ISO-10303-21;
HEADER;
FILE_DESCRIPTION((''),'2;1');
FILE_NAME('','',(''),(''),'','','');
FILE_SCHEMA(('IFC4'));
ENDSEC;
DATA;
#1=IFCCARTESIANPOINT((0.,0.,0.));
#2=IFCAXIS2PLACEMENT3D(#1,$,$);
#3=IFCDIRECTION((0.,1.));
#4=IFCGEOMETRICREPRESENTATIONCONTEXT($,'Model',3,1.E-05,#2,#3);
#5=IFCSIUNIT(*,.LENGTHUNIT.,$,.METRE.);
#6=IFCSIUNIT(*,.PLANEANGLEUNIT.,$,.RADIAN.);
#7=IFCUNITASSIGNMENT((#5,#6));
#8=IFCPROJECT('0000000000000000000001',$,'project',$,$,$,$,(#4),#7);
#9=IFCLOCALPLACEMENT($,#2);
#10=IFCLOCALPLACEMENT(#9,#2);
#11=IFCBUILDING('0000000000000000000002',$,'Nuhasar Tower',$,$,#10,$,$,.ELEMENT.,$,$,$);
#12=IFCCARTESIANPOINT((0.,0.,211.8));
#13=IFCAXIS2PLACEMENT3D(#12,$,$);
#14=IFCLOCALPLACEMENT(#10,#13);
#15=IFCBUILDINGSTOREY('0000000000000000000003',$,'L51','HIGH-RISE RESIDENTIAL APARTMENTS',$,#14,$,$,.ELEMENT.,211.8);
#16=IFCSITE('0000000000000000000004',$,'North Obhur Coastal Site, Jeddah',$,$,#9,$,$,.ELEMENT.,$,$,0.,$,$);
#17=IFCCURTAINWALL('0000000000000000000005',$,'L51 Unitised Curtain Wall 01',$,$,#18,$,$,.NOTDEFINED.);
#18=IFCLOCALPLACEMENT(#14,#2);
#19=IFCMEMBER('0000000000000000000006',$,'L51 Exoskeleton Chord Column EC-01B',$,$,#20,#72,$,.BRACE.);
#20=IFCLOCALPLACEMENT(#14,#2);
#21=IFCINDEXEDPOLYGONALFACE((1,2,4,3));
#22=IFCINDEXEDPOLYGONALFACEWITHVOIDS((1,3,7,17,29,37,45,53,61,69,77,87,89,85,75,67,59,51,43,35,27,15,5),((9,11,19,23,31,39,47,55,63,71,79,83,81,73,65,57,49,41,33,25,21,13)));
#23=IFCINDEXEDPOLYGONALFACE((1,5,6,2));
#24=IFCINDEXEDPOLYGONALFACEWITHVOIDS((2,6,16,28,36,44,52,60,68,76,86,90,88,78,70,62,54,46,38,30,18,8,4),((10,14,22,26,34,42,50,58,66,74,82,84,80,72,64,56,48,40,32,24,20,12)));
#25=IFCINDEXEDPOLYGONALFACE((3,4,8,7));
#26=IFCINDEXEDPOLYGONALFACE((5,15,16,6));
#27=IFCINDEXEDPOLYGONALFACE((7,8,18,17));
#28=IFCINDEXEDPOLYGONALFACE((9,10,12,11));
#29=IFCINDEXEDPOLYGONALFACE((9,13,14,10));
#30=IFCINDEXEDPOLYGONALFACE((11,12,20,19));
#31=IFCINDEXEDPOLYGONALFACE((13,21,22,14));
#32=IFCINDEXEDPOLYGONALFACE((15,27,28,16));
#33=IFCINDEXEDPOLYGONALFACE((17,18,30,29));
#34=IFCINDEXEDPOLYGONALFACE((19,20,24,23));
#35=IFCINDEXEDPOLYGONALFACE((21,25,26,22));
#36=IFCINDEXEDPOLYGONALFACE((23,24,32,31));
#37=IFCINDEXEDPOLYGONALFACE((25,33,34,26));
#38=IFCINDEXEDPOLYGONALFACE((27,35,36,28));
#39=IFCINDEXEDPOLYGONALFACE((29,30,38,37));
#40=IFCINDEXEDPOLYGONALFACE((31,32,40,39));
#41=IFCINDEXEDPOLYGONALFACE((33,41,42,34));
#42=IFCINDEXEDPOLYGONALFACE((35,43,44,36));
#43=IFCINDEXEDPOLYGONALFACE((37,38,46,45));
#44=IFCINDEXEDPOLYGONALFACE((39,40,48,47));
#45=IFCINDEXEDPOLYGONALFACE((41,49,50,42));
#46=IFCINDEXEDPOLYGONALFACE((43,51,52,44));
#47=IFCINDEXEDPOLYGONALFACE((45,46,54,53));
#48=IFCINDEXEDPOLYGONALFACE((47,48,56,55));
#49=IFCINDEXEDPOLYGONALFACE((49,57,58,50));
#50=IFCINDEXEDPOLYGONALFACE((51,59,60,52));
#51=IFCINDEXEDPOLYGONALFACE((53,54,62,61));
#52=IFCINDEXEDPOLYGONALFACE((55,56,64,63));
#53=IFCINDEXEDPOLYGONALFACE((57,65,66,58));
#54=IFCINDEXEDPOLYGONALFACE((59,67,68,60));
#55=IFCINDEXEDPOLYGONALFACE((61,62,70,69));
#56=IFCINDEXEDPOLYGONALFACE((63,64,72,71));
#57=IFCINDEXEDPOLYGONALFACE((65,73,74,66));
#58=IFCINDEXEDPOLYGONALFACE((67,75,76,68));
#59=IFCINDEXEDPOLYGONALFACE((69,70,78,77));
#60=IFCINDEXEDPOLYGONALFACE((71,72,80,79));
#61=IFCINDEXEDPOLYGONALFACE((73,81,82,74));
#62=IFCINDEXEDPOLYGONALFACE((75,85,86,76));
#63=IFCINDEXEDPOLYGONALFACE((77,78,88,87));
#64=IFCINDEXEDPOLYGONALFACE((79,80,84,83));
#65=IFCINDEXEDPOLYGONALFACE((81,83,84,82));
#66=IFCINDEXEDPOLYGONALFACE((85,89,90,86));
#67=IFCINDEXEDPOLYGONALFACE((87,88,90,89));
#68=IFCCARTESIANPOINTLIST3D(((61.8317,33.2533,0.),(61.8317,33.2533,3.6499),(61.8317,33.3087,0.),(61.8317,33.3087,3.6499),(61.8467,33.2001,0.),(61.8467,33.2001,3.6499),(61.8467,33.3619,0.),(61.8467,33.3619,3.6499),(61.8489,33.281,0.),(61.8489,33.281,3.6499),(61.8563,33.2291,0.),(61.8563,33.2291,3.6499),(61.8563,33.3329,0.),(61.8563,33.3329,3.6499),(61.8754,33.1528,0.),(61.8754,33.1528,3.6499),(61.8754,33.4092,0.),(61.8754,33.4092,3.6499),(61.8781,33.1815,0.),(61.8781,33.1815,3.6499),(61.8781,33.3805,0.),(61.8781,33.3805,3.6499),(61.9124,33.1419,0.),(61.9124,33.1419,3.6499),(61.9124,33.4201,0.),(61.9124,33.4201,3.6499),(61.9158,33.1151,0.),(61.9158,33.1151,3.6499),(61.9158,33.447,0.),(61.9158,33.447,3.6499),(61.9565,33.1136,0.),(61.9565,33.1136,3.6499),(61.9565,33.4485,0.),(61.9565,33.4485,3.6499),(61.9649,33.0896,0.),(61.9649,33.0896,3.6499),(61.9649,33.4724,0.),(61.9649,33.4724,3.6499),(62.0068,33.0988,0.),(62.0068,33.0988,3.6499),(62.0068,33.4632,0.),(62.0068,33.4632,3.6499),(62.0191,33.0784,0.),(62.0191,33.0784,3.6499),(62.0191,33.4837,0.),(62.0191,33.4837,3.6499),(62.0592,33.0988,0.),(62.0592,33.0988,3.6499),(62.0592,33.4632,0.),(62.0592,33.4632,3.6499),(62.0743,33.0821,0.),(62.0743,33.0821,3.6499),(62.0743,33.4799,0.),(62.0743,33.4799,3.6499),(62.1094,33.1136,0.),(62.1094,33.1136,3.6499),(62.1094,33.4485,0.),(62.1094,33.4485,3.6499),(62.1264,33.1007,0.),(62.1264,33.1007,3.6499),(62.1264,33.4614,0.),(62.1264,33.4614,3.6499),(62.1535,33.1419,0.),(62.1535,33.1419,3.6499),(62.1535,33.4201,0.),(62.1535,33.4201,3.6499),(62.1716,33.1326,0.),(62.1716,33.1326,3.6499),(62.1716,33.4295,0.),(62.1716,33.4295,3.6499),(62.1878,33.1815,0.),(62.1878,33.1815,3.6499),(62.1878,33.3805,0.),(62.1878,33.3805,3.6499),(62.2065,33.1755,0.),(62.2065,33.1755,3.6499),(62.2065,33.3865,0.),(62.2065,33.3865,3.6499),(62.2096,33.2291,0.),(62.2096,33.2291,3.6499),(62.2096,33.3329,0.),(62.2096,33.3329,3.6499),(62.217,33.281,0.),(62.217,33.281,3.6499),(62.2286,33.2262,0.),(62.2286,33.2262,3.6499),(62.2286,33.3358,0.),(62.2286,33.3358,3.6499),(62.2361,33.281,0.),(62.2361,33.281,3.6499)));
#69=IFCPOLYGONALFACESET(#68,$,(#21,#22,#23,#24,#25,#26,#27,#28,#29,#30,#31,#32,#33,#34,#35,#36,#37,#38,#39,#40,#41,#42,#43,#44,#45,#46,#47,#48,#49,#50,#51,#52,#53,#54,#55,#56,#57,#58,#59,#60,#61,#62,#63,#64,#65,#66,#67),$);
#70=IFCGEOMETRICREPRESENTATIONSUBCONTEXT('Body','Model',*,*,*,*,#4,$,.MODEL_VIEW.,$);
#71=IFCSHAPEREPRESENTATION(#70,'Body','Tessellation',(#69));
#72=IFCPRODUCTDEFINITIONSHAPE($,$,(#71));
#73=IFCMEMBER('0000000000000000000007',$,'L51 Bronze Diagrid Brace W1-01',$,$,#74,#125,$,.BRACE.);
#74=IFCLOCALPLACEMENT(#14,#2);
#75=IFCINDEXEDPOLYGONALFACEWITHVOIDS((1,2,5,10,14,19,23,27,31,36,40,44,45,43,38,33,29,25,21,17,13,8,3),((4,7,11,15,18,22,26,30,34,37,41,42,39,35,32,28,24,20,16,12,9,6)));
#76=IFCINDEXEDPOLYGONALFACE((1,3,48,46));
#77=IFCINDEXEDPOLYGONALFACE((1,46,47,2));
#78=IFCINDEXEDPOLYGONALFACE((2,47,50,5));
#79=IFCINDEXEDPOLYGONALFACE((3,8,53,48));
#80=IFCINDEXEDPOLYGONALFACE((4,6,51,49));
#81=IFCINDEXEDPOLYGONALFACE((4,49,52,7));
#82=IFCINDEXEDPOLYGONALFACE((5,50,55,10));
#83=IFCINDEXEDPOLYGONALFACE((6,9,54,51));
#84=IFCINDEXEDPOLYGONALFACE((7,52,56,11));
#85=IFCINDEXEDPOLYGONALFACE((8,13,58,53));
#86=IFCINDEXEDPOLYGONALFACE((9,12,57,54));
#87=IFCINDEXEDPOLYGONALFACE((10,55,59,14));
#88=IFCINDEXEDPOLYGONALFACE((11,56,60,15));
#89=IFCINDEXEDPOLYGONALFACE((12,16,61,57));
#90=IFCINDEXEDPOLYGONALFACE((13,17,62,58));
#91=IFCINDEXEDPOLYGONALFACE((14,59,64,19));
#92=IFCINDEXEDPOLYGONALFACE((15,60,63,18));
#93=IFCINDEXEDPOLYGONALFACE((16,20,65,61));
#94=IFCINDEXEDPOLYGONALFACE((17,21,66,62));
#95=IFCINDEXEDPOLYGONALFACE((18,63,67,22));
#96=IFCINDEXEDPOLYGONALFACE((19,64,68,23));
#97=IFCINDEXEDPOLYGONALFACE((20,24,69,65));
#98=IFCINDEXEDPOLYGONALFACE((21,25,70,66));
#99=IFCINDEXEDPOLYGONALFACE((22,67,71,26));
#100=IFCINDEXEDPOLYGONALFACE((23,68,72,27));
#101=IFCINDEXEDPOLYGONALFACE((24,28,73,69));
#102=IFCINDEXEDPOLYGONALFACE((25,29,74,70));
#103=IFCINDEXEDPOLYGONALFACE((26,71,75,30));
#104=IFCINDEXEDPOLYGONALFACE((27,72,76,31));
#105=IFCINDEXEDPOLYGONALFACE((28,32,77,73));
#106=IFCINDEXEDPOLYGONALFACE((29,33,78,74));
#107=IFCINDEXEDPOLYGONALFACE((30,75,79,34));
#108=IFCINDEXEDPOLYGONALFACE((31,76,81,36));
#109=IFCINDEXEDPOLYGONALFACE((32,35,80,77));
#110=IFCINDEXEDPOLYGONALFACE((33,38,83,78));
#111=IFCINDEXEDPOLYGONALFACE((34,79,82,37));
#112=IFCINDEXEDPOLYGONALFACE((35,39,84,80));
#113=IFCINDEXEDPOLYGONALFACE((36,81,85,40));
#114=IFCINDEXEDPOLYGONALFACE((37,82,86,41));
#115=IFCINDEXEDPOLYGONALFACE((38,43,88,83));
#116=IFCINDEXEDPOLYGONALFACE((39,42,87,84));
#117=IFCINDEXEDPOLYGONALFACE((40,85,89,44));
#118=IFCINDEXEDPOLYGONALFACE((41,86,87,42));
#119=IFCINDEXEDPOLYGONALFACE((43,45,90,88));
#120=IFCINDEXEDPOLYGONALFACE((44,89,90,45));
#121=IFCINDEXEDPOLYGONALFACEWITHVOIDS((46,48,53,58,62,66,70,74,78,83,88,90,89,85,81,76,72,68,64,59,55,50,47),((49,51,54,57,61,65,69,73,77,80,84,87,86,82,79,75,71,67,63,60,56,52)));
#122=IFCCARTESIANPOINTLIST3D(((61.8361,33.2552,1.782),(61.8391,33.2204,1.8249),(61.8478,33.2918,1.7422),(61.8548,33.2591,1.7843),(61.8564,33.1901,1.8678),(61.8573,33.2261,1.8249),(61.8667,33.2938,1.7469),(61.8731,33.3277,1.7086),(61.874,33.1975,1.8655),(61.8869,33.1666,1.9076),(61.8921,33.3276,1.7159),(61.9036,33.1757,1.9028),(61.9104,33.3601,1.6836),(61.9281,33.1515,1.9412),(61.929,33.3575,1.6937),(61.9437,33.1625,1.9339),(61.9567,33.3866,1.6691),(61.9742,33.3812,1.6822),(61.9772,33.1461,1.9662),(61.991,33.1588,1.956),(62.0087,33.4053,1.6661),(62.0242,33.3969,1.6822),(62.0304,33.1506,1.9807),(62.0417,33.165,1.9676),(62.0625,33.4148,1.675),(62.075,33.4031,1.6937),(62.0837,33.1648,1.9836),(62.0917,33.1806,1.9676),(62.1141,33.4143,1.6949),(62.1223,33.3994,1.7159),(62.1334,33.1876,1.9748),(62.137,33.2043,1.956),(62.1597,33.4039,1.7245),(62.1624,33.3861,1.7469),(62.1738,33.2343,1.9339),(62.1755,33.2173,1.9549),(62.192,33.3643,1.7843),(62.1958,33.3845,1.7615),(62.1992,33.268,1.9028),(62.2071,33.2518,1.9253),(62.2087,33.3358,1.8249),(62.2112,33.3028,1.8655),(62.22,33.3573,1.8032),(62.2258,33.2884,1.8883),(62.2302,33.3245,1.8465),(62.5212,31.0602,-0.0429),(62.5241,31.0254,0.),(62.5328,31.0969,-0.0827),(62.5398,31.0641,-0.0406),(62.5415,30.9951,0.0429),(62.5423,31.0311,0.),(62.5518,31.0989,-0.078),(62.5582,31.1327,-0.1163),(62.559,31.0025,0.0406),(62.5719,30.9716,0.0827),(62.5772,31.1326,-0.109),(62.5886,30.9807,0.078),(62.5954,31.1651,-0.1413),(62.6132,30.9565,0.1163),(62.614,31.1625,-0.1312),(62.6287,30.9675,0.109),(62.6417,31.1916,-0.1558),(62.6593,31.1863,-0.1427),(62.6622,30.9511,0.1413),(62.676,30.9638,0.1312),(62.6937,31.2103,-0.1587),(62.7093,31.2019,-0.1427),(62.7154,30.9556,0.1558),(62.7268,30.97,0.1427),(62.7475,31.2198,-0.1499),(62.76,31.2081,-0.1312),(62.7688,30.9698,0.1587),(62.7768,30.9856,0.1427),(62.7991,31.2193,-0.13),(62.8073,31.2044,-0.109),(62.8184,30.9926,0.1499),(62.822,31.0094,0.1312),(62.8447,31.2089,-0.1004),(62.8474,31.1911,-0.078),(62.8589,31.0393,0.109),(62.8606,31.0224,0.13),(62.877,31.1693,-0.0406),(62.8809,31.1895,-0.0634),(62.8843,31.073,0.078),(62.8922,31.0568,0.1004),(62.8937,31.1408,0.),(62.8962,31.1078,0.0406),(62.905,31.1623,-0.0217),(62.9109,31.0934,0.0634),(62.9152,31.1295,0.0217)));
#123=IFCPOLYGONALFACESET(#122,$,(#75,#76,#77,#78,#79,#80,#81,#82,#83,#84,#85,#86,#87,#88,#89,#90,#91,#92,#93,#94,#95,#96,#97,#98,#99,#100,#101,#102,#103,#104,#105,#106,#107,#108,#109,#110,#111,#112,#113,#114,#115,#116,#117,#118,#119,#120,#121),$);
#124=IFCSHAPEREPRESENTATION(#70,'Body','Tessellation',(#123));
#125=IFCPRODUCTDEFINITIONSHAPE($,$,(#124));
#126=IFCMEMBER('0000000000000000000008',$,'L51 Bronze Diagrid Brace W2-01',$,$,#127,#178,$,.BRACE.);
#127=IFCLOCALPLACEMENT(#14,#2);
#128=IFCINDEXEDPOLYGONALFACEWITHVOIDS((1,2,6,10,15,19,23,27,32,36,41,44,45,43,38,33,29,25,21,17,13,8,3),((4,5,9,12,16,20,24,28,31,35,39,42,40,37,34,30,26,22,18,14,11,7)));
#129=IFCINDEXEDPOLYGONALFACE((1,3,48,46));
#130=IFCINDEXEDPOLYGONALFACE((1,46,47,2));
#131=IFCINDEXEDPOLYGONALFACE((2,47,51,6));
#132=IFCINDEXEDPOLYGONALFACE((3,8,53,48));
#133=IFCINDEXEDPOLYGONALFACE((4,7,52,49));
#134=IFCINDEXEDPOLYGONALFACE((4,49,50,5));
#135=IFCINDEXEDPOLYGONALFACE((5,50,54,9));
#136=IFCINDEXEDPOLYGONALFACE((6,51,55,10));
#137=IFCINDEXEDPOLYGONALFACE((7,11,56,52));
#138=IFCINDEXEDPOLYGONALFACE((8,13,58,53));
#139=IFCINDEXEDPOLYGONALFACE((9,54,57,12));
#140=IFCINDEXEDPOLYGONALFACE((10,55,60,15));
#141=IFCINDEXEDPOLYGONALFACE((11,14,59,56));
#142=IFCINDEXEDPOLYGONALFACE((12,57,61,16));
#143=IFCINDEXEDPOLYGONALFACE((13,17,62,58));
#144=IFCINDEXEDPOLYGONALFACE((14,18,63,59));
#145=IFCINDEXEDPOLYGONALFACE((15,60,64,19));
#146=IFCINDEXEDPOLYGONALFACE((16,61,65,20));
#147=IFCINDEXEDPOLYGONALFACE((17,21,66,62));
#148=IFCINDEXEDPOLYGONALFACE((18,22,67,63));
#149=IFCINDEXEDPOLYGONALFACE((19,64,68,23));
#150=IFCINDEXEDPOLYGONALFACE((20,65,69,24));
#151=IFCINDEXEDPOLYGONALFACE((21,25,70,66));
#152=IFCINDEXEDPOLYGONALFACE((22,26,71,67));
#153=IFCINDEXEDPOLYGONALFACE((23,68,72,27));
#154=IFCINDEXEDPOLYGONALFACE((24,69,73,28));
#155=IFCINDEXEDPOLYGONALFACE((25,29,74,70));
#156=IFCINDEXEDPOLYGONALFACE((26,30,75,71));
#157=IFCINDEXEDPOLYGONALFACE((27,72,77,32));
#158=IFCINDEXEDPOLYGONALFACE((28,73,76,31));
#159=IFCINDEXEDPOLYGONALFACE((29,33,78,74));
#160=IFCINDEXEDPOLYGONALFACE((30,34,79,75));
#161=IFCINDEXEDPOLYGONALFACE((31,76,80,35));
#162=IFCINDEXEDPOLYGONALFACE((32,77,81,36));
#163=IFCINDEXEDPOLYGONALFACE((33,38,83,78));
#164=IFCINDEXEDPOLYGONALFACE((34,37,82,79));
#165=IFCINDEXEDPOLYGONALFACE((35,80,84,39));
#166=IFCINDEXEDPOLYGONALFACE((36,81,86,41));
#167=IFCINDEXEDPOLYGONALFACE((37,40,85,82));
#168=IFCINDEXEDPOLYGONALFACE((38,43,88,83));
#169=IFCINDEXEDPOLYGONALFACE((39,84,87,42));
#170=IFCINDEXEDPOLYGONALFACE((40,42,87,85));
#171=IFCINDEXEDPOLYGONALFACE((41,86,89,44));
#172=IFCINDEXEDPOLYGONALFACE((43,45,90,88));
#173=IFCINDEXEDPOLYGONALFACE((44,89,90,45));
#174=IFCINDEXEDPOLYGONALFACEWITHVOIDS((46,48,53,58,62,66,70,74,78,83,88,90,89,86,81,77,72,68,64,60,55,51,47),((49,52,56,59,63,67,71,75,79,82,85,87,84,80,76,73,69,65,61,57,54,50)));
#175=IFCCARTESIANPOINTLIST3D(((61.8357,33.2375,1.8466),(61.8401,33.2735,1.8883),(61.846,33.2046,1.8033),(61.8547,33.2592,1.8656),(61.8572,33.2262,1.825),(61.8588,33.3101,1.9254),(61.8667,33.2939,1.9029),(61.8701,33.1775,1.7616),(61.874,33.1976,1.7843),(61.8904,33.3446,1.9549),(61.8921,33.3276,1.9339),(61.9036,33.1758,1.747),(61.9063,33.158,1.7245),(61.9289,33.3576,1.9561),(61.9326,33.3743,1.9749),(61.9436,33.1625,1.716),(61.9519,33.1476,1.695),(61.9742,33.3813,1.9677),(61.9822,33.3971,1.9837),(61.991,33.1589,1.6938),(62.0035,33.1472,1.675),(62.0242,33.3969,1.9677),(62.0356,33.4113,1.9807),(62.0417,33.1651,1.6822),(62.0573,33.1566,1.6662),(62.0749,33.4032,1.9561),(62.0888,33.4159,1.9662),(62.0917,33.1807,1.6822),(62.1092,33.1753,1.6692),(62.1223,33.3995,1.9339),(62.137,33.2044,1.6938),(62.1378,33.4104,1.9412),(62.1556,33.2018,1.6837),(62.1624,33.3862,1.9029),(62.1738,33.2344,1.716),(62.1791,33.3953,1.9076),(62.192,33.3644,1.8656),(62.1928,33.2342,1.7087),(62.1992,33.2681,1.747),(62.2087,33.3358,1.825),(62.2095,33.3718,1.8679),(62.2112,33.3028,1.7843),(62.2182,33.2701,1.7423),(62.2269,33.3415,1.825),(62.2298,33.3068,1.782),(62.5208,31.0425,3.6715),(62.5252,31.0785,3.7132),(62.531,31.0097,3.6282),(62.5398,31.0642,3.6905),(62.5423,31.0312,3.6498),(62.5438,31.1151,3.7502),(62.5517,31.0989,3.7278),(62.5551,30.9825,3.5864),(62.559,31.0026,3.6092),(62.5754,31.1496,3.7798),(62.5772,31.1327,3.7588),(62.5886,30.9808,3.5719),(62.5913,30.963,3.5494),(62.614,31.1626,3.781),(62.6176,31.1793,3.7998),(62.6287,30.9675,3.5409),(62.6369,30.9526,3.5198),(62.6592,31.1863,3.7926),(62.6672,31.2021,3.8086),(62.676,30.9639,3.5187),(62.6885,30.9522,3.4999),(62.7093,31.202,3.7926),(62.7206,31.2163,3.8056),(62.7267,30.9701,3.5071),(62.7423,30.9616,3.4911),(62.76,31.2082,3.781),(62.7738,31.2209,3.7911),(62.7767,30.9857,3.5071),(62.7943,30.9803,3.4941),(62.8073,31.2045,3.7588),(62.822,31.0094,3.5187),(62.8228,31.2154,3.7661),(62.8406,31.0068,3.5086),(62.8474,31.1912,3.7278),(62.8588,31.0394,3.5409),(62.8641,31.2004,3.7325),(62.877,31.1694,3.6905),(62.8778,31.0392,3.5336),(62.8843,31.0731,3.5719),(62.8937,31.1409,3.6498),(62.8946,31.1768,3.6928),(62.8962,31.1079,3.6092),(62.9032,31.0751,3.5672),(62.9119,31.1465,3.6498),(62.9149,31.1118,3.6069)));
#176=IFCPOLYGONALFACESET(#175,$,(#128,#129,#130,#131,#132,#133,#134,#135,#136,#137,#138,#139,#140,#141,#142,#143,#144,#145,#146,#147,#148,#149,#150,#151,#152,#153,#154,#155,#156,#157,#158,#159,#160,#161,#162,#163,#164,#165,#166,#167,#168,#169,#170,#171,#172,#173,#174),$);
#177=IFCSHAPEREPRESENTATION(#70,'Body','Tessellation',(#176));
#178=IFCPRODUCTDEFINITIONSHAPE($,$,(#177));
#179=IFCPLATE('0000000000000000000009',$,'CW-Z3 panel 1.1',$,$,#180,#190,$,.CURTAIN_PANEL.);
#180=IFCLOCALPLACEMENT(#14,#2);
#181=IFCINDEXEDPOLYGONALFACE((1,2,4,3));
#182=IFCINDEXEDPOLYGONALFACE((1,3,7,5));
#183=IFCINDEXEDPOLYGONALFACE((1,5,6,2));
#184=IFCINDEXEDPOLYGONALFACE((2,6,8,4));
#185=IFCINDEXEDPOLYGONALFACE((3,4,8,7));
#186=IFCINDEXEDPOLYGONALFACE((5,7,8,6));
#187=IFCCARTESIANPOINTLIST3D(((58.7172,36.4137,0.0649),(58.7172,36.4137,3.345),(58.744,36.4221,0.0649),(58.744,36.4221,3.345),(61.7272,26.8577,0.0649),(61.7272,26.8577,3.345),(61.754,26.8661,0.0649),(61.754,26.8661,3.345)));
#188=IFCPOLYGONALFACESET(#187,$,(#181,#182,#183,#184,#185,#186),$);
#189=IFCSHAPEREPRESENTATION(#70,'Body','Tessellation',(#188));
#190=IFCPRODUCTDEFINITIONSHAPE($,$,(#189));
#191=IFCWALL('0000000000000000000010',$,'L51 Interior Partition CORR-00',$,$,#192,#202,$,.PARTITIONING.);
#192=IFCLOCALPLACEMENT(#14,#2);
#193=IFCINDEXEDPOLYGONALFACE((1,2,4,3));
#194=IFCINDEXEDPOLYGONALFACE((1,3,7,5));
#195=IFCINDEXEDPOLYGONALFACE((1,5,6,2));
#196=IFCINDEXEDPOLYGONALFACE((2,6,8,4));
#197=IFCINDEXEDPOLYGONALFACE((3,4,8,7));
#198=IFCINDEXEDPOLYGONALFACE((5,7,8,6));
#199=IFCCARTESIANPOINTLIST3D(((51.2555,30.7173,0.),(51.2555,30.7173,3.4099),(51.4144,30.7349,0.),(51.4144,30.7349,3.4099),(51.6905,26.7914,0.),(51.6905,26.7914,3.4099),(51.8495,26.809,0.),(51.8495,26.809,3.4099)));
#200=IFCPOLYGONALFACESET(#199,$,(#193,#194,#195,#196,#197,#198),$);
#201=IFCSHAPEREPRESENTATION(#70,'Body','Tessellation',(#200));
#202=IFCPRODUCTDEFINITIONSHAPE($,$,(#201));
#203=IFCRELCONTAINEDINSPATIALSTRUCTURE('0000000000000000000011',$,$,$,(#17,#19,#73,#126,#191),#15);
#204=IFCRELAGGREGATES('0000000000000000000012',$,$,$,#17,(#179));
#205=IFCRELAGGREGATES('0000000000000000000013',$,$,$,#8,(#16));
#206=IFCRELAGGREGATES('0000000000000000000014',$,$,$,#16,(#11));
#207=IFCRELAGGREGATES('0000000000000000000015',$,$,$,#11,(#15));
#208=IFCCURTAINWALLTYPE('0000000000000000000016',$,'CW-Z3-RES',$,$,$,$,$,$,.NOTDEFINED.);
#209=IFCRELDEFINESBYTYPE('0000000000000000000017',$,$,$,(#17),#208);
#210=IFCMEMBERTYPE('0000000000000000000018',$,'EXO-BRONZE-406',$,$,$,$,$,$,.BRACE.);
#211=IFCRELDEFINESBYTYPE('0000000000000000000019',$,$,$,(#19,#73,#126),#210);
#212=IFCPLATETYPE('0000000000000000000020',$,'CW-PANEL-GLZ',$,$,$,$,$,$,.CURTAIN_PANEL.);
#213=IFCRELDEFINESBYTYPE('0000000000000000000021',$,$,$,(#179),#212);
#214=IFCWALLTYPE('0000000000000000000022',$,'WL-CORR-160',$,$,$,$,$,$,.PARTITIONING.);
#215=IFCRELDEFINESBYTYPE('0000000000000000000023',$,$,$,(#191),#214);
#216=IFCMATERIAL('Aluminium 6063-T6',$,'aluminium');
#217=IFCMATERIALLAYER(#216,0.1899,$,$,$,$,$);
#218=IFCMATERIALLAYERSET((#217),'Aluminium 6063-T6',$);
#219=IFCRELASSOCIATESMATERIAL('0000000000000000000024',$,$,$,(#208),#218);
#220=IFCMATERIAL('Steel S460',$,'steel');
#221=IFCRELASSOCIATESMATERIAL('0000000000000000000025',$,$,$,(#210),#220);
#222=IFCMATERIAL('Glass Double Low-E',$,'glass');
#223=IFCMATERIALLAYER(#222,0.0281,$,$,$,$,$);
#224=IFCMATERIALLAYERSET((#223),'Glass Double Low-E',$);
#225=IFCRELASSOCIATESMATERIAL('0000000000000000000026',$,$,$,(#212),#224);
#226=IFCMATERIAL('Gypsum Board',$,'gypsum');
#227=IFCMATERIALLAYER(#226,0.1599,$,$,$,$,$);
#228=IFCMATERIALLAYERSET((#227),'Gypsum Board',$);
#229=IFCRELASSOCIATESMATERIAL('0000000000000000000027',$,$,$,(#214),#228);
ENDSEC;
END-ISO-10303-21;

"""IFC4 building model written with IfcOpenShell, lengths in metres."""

from ifc_helpers import new_model, si_unit, direction, frame, frame_2d, origin, origin_2d, place, context, subcontext, project, spatial, rectangle, hollow_circle, extrude, material, layer, layer_set, material_profile, profile_set, type_object, element, aggregate, save


model = new_model("IFC4")

# Units and contexts
model_context = context("Model", 3, precision=1e-05, world=origin(), true_north=direction((0.0, 1.0)))
body_context = subcontext(model_context, "Body", "Model", "MODEL_VIEW")
ifc_project = project(units=[si_unit("LENGTHUNIT", "METRE"), si_unit("PLANEANGLEUNIT", "RADIAN")], contexts=[model_context])

# Site, building, storey
site_placement = place(None, origin())
site = spatial("IfcSite", under=ifc_project, at=site_placement, Name="North Obhur Coastal Site, Jeddah", CompositionType="ELEMENT", RefElevation=0.0)
building_placement = place(site_placement, origin())
building = spatial("IfcBuilding", under=site, at=building_placement, Name="Nuhasar Tower", CompositionType="ELEMENT")
storey_placement = place(building_placement, frame((0.0, 0.0, 211.8)))
storey = spatial("IfcBuildingStorey", under=building, at=storey_placement, Name="L51", Description="HIGH-RISE RESIDENTIAL APARTMENTS", CompositionType="ELEMENT", Elevation=211.8)

# Curtain wall
ifc_material_1 = material(Name="Aluminium 6063-T6", Category="aluminium")
ifc_layer_1 = layer(ifc_material_1, 0.1899)
ifc_layer_set_1 = layer_set([ifc_layer_1], Name="Aluminium 6063-T6")
curtain_wall_type = type_object("IfcCurtainWallType", Name="CW-Z3-RES", PredefinedType="NOTDEFINED", material=ifc_layer_set_1)
curtain_wall_1_placement = place(storey_placement, origin())
curtain_wall_1 = element("IfcCurtainWall", 1, at=curtain_wall_1_placement, inside=storey, type_object=curtain_wall_type, Name="L51 Unitised Curtain Wall 01", PredefinedType="NOTDEFINED")

# Members
ifc_material_2 = material(Name="Steel S460", Category="steel")
ifc_material_profile_1 = material_profile(ifc_material_2, hollow_circle(Radius=0.2031, WallThickness=0.019, at=origin_2d()), Name="HSS406.4X19.1")
ifc_profile_set_1 = profile_set([ifc_material_profile_1], Name="Steel S460")
member_type_1 = type_object("IfcMemberType", Name="EXO-BRONZE-406", PredefinedType="BRACE", material=ifc_profile_set_1)
for number, where, z_axis, x_axis, name in (
    (2, (62.033, 33.281, 0.0), (0.0, 0.0, 1.0), (1.0, 0.0, 0.0), "L51 Exoskeleton Chord Column EC-01B"),
):
    element("IfcMember", number, at=place(storey_placement, frame(where, z_axis=z_axis, x_axis=x_axis)), inside=storey, type_object=member_type_1, Name=name, PredefinedType="BRACE", context=body_context, shape_type="SweptSolid", body=[
        extrude(hollow_circle(Radius=0.2031, WallThickness=0.019, at=origin_2d()), origin(), (0.0, 0.0, 1.0), 3.6499),
    ])
for number, where, z_axis, x_axis, name in (
    (3, (62.718, 31.0859, 0.0), (-0.233358, 0.747727, 0.62165), (-0.954591, -0.297918, 0.0), "L51 Bronze Diagrid Brace W1-01"),
    (4, (62.033, 33.281, 1.825), (0.233358, -0.747727, 0.62165), (0.954591, 0.297918, 0.0), "L51 Bronze Diagrid Brace W2-01"),
):
    element("IfcMember", number, at=place(storey_placement, frame(where, z_axis=z_axis, x_axis=x_axis)), inside=storey, type_object=member_type_1, Name=name, PredefinedType="BRACE", context=body_context, shape_type="SweptSolid", body=[
        extrude(hollow_circle(Radius=0.2031, WallThickness=0.019, at=origin_2d()), origin(), (0.0, 0.0, 1.0), 2.9355),
    ])

# Plate
ifc_material_3 = material(Name="Glass Double Low-E", Category="glass")
ifc_layer_2 = layer(ifc_material_3, 0.0281)
ifc_layer_set_2 = layer_set([ifc_layer_2], Name="Glass Double Low-E")
plate_type = type_object("IfcPlateType", Name="CW-PANEL-GLZ", PredefinedType="CURTAIN_PANEL", material=ifc_layer_set_2)
plate_placement = place(storey_placement, frame((60.2356, 31.6399, 0.0649), z_axis=(0.0, 0.0, 1.0), x_axis=(-0.300429, 0.953804, 0.0)))
plate = element("IfcPlate", 5, at=plate_placement, type_object=plate_type, Name="CW-Z3 panel 1.1", PredefinedType="CURTAIN_PANEL", context=body_context, shape_type="SweptSolid", body=[
    extrude(rectangle(XDim=10.0188, YDim=0.0281, at=origin_2d()), origin(), (0.0, 0.0, 1.0), 3.28),
])
aggregate(curtain_wall_1, [plate])

# Wall
ifc_material_4 = material(Name="Gypsum Board", Category="gypsum")
ifc_layer_3 = layer(ifc_material_4, 0.1599)
ifc_layer_set_3 = layer_set([ifc_layer_3], Name="Gypsum Board")
wall_type_1 = type_object("IfcWallType", Name="WL-CORR-160", PredefinedType="PARTITIONING", material=ifc_layer_set_3)
wall_1_placement = place(storey_placement, frame((51.77, 26.8, 0.0), z_axis=(0.0, 0.0, 1.0), x_axis=(-0.11014, 0.993916, 0.0)))
element("IfcWall", 6, at=wall_1_placement, inside=storey, type_object=wall_type_1, Name="L51 Interior Partition CORR-00", PredefinedType="PARTITIONING", context=body_context, shape_type="SweptSolid", body=[
    extrude(rectangle(XDim=3.95, YDim=0.1599, at=frame_2d((1.9751, 0.0))), origin(), (0.0, 0.0, 1.0), 3.4099),
])

save(model, "model.ifc")
